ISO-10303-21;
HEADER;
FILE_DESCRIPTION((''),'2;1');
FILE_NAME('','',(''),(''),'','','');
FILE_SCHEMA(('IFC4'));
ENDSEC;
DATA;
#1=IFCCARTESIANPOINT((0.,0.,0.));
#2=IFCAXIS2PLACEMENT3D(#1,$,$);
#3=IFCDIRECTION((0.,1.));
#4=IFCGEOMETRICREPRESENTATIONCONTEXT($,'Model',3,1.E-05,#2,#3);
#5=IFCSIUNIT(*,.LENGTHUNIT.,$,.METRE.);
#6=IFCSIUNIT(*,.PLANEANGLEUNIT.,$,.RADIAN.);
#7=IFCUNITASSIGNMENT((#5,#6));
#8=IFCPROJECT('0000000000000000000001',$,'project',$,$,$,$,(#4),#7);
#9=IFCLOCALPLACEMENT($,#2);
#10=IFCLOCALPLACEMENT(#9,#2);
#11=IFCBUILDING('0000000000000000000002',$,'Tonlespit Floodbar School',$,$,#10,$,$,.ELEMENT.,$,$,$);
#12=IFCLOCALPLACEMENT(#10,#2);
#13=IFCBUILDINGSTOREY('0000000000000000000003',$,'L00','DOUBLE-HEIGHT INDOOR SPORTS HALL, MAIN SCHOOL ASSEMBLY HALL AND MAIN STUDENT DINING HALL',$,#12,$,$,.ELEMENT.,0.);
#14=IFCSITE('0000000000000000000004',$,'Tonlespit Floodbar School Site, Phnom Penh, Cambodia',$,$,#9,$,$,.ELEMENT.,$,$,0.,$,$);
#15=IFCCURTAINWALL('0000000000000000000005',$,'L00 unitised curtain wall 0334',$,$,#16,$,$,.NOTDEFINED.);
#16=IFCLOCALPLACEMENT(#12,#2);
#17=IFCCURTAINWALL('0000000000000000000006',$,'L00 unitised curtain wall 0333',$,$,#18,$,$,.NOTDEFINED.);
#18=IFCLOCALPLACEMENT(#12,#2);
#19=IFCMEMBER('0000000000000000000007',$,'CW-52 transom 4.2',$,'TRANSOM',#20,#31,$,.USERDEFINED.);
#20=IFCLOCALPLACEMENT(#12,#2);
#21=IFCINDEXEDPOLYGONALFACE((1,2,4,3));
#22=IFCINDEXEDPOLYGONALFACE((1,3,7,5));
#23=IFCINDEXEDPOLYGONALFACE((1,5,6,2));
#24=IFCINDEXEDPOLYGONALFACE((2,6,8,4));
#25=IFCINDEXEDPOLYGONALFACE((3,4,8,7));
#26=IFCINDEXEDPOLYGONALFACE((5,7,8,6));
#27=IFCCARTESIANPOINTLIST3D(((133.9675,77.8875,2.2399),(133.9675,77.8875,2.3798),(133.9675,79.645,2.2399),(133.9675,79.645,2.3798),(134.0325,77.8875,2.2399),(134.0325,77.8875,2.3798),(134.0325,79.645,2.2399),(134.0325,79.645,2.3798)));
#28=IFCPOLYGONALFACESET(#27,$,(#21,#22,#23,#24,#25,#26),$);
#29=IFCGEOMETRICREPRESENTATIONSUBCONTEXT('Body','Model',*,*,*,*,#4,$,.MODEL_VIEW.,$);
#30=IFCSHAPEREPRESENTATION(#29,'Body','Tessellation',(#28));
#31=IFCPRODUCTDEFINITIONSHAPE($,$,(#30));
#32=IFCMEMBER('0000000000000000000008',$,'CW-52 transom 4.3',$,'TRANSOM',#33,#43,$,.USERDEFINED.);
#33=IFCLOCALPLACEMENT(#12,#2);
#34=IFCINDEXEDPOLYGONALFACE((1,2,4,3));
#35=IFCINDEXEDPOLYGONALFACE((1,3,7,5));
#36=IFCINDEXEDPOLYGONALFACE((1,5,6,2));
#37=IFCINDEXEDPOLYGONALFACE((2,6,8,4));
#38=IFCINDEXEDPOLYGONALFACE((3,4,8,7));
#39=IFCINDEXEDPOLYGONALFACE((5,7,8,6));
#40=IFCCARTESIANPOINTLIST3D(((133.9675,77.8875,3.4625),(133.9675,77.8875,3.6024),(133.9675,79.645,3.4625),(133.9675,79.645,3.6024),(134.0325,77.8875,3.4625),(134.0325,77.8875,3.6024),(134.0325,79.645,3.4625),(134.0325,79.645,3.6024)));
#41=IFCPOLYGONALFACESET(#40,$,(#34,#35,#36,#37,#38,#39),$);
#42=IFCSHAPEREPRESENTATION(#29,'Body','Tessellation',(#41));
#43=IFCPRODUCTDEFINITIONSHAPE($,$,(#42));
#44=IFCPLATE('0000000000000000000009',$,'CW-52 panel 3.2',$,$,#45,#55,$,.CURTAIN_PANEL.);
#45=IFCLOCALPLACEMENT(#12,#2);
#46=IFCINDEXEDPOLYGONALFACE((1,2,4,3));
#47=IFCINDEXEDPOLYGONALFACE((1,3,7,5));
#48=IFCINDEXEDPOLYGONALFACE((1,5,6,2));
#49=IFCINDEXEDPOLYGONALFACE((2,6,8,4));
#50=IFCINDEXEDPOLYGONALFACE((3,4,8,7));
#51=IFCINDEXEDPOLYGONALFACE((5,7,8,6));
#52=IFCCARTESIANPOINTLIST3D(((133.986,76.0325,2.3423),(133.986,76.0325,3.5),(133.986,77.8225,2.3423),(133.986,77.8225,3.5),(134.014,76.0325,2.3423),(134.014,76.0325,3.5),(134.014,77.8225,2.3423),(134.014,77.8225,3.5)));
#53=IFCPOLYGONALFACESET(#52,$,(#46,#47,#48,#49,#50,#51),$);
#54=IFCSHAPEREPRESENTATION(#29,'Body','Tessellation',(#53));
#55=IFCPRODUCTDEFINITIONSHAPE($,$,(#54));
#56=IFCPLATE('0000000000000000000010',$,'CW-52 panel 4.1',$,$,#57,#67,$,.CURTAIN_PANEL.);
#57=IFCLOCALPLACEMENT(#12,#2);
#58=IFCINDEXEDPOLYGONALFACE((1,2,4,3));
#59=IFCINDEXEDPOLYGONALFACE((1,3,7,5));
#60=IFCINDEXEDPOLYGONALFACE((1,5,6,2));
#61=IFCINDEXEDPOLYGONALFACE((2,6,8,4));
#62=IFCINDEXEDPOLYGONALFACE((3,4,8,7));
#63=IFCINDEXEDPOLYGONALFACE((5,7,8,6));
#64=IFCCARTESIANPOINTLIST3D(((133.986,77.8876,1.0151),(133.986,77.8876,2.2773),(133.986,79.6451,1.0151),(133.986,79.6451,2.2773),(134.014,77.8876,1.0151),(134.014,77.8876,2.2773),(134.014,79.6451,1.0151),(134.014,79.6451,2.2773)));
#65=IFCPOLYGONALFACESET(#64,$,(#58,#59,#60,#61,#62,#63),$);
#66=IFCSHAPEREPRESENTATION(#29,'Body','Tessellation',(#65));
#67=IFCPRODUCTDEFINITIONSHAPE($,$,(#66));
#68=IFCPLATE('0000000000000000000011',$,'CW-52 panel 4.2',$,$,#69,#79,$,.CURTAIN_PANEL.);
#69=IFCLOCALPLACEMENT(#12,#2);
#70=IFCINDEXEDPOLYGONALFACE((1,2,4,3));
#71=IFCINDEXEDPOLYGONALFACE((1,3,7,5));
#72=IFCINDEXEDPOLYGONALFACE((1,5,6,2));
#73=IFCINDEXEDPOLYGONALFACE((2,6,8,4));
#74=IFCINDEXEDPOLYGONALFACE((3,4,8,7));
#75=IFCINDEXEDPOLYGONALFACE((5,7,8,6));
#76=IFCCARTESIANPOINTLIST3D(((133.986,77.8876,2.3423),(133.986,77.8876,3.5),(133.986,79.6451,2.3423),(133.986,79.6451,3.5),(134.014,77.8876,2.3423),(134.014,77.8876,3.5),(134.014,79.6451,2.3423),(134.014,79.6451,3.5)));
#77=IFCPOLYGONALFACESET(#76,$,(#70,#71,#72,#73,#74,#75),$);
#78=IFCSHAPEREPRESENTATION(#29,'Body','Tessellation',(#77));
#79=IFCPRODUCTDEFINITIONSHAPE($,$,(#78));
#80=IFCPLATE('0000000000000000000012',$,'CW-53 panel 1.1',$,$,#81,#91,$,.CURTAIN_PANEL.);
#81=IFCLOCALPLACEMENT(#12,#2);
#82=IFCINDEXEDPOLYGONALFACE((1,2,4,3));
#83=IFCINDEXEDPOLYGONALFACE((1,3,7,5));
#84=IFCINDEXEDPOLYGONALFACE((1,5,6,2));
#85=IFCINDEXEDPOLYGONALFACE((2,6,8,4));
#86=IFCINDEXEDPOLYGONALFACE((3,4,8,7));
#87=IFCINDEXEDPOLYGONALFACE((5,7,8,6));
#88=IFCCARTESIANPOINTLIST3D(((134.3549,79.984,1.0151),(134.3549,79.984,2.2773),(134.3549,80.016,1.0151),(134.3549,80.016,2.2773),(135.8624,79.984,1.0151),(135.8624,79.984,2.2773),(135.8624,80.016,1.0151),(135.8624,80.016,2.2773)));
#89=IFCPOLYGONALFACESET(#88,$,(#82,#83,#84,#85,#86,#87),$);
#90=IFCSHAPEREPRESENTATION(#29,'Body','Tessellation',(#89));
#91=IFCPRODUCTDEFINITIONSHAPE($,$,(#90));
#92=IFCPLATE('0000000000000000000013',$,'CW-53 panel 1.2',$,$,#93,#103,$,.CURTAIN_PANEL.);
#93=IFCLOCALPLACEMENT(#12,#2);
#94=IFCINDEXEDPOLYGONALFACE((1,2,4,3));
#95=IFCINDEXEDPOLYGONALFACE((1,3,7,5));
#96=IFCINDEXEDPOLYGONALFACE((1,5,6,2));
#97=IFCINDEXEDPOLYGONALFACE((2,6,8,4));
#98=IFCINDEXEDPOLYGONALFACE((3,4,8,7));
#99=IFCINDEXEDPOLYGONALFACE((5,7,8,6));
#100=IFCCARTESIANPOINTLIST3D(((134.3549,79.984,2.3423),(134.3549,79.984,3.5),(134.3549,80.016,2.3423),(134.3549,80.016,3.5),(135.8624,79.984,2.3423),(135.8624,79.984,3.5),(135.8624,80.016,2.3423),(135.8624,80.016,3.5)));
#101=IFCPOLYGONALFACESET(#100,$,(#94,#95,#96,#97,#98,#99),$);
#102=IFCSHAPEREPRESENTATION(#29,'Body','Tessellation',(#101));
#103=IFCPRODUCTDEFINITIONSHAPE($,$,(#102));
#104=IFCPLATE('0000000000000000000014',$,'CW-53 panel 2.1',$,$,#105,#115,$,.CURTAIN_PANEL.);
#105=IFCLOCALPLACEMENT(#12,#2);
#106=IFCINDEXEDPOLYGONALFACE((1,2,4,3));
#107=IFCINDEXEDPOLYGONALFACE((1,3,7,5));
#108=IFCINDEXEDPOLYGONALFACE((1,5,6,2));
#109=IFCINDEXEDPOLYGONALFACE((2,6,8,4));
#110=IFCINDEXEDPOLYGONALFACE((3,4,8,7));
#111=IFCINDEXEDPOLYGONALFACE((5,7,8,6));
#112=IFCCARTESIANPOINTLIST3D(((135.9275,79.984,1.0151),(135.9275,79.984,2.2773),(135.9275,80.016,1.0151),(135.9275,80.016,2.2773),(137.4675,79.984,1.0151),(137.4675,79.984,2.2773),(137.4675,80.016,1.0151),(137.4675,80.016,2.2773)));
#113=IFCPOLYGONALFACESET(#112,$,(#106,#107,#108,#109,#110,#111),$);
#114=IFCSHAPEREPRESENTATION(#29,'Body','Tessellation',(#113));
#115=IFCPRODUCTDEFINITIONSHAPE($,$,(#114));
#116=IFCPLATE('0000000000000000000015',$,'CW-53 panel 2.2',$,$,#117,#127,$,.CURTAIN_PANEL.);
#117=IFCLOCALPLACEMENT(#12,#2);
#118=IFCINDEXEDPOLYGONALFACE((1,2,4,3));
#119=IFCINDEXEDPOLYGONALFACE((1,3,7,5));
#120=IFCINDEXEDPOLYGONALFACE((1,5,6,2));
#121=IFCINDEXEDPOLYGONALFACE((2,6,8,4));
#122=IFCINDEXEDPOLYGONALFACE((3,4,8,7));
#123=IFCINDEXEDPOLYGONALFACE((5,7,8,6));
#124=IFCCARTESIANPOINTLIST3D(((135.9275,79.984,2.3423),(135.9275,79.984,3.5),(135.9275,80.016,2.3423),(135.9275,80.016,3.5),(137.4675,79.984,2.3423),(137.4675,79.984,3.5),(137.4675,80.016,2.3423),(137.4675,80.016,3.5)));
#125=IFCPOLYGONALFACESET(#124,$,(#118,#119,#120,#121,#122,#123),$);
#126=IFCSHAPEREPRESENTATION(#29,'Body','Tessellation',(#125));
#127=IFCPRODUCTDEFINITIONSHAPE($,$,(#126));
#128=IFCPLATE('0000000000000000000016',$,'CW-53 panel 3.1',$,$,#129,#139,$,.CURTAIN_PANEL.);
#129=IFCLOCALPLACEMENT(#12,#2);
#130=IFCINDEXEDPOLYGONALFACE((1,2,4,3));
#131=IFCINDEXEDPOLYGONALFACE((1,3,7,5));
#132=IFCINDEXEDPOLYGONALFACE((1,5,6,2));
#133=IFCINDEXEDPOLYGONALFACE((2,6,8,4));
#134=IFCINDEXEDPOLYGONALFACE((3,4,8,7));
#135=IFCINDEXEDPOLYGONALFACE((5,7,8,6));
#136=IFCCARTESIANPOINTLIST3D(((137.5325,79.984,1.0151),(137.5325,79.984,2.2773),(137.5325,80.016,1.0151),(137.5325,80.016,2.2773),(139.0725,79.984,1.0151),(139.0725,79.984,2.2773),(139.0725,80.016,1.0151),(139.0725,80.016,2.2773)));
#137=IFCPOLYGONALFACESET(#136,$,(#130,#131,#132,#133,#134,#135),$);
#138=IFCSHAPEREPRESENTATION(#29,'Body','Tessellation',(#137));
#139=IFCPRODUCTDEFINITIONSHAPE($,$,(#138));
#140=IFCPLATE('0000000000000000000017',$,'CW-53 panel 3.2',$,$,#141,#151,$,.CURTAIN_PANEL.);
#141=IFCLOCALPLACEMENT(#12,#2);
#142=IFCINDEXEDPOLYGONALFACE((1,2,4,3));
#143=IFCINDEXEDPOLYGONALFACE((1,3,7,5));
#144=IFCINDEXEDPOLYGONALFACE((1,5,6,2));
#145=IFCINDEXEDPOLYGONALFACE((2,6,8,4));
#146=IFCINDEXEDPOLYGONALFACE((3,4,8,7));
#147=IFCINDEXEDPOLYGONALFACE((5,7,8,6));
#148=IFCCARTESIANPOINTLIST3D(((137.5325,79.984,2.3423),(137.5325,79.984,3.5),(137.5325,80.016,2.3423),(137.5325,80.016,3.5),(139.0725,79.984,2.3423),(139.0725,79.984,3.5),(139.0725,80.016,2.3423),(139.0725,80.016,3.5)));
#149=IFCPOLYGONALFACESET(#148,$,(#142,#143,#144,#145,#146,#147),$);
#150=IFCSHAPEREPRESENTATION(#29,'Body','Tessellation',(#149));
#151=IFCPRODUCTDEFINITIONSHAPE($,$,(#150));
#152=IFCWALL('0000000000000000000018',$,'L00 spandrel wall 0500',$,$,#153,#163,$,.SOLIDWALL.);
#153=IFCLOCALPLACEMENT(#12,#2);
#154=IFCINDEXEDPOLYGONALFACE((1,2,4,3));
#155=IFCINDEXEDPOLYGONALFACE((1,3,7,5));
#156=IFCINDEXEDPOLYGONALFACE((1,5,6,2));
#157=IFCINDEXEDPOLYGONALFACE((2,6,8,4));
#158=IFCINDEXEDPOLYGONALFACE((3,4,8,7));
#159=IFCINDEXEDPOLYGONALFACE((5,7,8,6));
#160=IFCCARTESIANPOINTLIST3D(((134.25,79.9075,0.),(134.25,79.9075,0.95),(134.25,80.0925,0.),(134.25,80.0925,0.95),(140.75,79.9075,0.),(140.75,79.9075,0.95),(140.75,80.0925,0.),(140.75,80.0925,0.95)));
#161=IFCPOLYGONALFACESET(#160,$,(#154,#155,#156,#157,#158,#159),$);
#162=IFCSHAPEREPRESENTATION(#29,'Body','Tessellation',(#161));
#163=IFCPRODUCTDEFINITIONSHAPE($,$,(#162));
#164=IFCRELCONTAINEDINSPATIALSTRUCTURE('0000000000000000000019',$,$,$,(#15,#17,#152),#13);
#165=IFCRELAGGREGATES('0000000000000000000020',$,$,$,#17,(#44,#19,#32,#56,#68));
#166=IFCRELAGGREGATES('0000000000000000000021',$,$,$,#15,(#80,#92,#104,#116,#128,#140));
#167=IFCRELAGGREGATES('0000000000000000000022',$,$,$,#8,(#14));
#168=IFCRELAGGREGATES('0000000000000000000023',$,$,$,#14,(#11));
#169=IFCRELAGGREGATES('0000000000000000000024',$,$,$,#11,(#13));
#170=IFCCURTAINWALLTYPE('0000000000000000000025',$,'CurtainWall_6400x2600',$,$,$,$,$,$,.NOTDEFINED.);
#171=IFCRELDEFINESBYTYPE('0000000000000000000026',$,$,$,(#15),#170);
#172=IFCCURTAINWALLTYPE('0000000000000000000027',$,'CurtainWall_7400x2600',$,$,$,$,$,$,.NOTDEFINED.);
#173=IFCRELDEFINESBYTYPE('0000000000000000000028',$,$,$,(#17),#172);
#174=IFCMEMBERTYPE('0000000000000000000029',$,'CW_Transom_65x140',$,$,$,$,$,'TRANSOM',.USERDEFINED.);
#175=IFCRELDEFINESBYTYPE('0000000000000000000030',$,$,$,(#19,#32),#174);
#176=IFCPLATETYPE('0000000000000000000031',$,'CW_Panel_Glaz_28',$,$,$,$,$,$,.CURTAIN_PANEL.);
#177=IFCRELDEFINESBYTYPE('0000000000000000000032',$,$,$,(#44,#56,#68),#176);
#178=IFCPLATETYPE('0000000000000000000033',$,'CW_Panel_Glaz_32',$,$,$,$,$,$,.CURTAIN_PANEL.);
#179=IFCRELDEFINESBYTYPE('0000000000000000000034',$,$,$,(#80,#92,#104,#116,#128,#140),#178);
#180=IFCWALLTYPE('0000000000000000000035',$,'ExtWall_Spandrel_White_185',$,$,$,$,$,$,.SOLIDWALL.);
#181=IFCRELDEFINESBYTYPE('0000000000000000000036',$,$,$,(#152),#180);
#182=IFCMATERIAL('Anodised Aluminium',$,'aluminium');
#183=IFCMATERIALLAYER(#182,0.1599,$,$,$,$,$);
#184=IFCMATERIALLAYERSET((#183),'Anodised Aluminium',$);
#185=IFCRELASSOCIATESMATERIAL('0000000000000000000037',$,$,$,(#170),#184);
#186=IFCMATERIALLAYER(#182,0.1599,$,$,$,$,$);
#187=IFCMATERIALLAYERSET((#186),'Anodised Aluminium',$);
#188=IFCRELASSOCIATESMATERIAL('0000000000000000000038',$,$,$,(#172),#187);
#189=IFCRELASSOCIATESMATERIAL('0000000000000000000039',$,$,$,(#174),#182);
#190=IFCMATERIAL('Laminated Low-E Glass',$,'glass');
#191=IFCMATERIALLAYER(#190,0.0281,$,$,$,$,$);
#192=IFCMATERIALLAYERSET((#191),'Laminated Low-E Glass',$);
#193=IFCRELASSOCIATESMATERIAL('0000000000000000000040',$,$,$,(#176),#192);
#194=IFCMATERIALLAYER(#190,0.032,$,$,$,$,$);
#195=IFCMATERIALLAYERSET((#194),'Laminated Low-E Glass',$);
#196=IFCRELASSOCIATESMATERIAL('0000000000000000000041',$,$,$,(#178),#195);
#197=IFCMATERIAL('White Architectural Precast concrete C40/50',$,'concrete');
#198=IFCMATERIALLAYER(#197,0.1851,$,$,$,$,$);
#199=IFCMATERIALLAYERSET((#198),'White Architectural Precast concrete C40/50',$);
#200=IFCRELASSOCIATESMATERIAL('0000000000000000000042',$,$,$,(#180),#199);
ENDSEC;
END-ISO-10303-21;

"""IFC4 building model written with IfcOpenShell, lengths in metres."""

from ifc_helpers import new_model, si_unit, direction, frame, frame_2d, origin, origin_2d, place, context, subcontext, project, spatial, rectangle, extrude, material, layer, layer_set, material_profile, profile_set, type_object, element, aggregate, save


model = new_model("IFC4")

# Units and contexts
model_context = context("Model", 3, precision=1e-05, world=origin(), true_north=direction((0.0, 1.0)))
body_context = subcontext(model_context, "Body", "Model", "MODEL_VIEW")
ifc_project = project(units=[si_unit("LENGTHUNIT", "METRE"), si_unit("PLANEANGLEUNIT", "RADIAN")], contexts=[model_context])

# Site, building, storey
site_placement = place(None, origin())
site = spatial("IfcSite", under=ifc_project, at=site_placement, Name="Tonlespit Floodbar School Site, Phnom Penh, Cambodia", CompositionType="ELEMENT", RefElevation=0.0)
building_placement = place(site_placement, origin())
building = spatial("IfcBuilding", under=site, at=building_placement, Name="Tonlespit Floodbar School", CompositionType="ELEMENT")
storey_placement = place(building_placement, origin())
storey = spatial("IfcBuildingStorey", under=building, at=storey_placement, Name="L00", Description="DOUBLE-HEIGHT INDOOR SPORTS HALL, MAIN SCHOOL ASSEMBLY HALL AND MAIN STUDENT DINING HALL", CompositionType="ELEMENT", Elevation=0.0)

# Curtain walls
ifc_material_1 = material(Name="Anodised Aluminium", Category="aluminium")
ifc_layer_1 = layer(ifc_material_1, 0.1599)
ifc_layer_set_1 = layer_set([ifc_layer_1], Name="Anodised Aluminium")
curtain_wall_type_1 = type_object("IfcCurtainWallType", Name="CurtainWall_6400x2600", PredefinedType="NOTDEFINED", material=ifc_layer_set_1)
curtain_wall_1_placement = place(storey_placement, origin())
curtain_wall_1 = element("IfcCurtainWall", 1, at=curtain_wall_1_placement, inside=storey, type_object=curtain_wall_type_1, Name="L00 unitised curtain wall 0334", PredefinedType="NOTDEFINED")
ifc_layer_2 = layer(ifc_material_1, 0.1599)
ifc_layer_set_2 = layer_set([ifc_layer_2], Name="Anodised Aluminium")
curtain_wall_type_2 = type_object("IfcCurtainWallType", Name="CurtainWall_7400x2600", PredefinedType="NOTDEFINED", material=ifc_layer_set_2)
curtain_wall_2_placement = place(storey_placement, origin())
curtain_wall_2 = element("IfcCurtainWall", 2, at=curtain_wall_2_placement, inside=storey, type_object=curtain_wall_type_2, Name="L00 unitised curtain wall 0333", PredefinedType="NOTDEFINED")

# Members
ifc_material_profile_1 = material_profile(ifc_material_1, rectangle(XDim=0.0649, YDim=0.1399, at=origin_2d()), Name="ALU T65x140")
ifc_profile_set_1 = profile_set([ifc_material_profile_1], Name="Anodised Aluminium")
member_type_1 = type_object("IfcMemberType", Name="CW_Transom_65x140", ElementType="TRANSOM", PredefinedType="USERDEFINED", material=ifc_profile_set_1)
member_1_placement = place(storey_placement, frame((134.0, 77.8875, 2.3098), z_axis=(0.0, 1.0, 0.0), x_axis=(-1.0, 0.0, 0.0)))
member_1 = element("IfcMember", 3, at=member_1_placement, type_object=member_type_1, Name="CW-52 transom 4.2", ObjectType="TRANSOM", PredefinedType="USERDEFINED", context=body_context, shape_type="SweptSolid", body=[
    extrude(rectangle(XDim=0.0649, YDim=0.1399, at=origin_2d()), origin(), (0.0, 0.0, 1.0), 1.7576),
])
member_2_placement = place(storey_placement, frame((134.0, 77.8875, 3.5325), z_axis=(0.0, 1.0, 0.0), x_axis=(-1.0, 0.0, 0.0)))
member_2 = element("IfcMember", 4, at=member_2_placement, type_object=member_type_1, Name="CW-52 transom 4.3", ObjectType="TRANSOM", PredefinedType="USERDEFINED", context=body_context, shape_type="SweptSolid", body=[
    extrude(rectangle(XDim=0.0649, YDim=0.1399, at=origin_2d()), origin(), (0.0, 0.0, 1.0), 1.7576),
])

# Plates
ifc_material_2 = material(Name="Laminated Low-E Glass", Category="glass")
ifc_layer_3 = layer(ifc_material_2, 0.0281)
ifc_layer_set_3 = layer_set([ifc_layer_3], Name="Laminated Low-E Glass")
plate_type_1 = type_object("IfcPlateType", Name="CW_Panel_Glaz_28", PredefinedType="CURTAIN_PANEL", material=ifc_layer_set_3)
plate_1_placement = place(storey_placement, frame((134.0, 76.9275, 2.3423), z_axis=(0.0, 0.0, 1.0), x_axis=(0.0, 1.0, 0.0)))
plate_1 = element("IfcPlate", 5, at=plate_1_placement, type_object=plate_type_1, Name="CW-52 panel 3.2", PredefinedType="CURTAIN_PANEL", context=body_context, shape_type="SweptSolid", body=[
    extrude(rectangle(XDim=1.79, YDim=0.0281, at=origin_2d()), origin(), (0.0, 0.0, 1.0), 1.1577),
])
plate_2_placement = place(storey_placement, frame((134.0, 78.7664, 1.0151), z_axis=(0.0, 0.0, 1.0), x_axis=(0.0, 1.0, 0.0)))
plate_2 = element("IfcPlate", 6, at=plate_2_placement, type_object=plate_type_1, Name="CW-52 panel 4.1", PredefinedType="CURTAIN_PANEL", context=body_context, shape_type="SweptSolid", body=[
    extrude(rectangle(XDim=1.7576, YDim=0.0281, at=origin_2d()), origin(), (0.0, 0.0, 1.0), 1.2622),
])
plate_3_placement = place(storey_placement, frame((134.0, 78.7664, 2.3423), z_axis=(0.0, 0.0, 1.0), x_axis=(0.0, 1.0, 0.0)))
plate_3 = element("IfcPlate", 7, at=plate_3_placement, type_object=plate_type_1, Name="CW-52 panel 4.2", PredefinedType="CURTAIN_PANEL", context=body_context, shape_type="SweptSolid", body=[
    extrude(rectangle(XDim=1.7576, YDim=0.0281, at=origin_2d()), origin(), (0.0, 0.0, 1.0), 1.1577),
])
aggregate(curtain_wall_2, [plate_1, member_1, member_2, plate_2, plate_3])
ifc_layer_4 = layer(ifc_material_2, 0.032)
ifc_layer_set_4 = layer_set([ifc_layer_4], Name="Laminated Low-E Glass")
plate_type_2 = type_object("IfcPlateType", Name="CW_Panel_Glaz_32", PredefinedType="CURTAIN_PANEL", material=ifc_layer_set_4)
plate_4_placement = place(storey_placement, frame((135.1086, 80.0, 1.0151), z_axis=(0.0, 0.0, 1.0), x_axis=(1.0, 0.0, 0.0)))
plate_4 = element("IfcPlate", 8, at=plate_4_placement, type_object=plate_type_2, Name="CW-53 panel 1.1", PredefinedType="CURTAIN_PANEL", context=body_context, shape_type="SweptSolid", body=[
    extrude(rectangle(XDim=1.5076, YDim=0.032, at=origin_2d()), origin(), (0.0, 0.0, 1.0), 1.2622),
])
plate_5_placement = place(storey_placement, frame((135.1086, 80.0, 2.3423), z_axis=(0.0, 0.0, 1.0), x_axis=(1.0, 0.0, 0.0)))
plate_5 = element("IfcPlate", 9, at=plate_5_placement, type_object=plate_type_2, Name="CW-53 panel 1.2", PredefinedType="CURTAIN_PANEL", context=body_context, shape_type="SweptSolid", body=[
    extrude(rectangle(XDim=1.5076, YDim=0.032, at=origin_2d()), origin(), (0.0, 0.0, 1.0), 1.1577),
])
plate_6_placement = place(storey_placement, frame((136.6975, 80.0, 1.0151), z_axis=(0.0, 0.0, 1.0), x_axis=(1.0, 0.0, 0.0)))
plate_6 = element("IfcPlate", 10, at=plate_6_placement, type_object=plate_type_2, Name="CW-53 panel 2.1", PredefinedType="CURTAIN_PANEL", context=body_context, shape_type="SweptSolid", body=[
    extrude(rectangle(XDim=1.54, YDim=0.032, at=origin_2d()), origin(), (0.0, 0.0, 1.0), 1.2622),
])
plate_7_placement = place(storey_placement, frame((136.6975, 80.0, 2.3423), z_axis=(0.0, 0.0, 1.0), x_axis=(1.0, 0.0, 0.0)))
plate_7 = element("IfcPlate", 11, at=plate_7_placement, type_object=plate_type_2, Name="CW-53 panel 2.2", PredefinedType="CURTAIN_PANEL", context=body_context, shape_type="SweptSolid", body=[
    extrude(rectangle(XDim=1.54, YDim=0.032, at=origin_2d()), origin(), (0.0, 0.0, 1.0), 1.1577),
])
plate_8_placement = place(storey_placement, frame((138.3025, 80.0, 1.0151), z_axis=(0.0, 0.0, 1.0), x_axis=(1.0, 0.0, 0.0)))
plate_8 = element("IfcPlate", 12, at=plate_8_placement, type_object=plate_type_2, Name="CW-53 panel 3.1", PredefinedType="CURTAIN_PANEL", context=body_context, shape_type="SweptSolid", body=[
    extrude(rectangle(XDim=1.54, YDim=0.032, at=origin_2d()), origin(), (0.0, 0.0, 1.0), 1.2622),
])
plate_9_placement = place(storey_placement, frame((138.3025, 80.0, 2.3423), z_axis=(0.0, 0.0, 1.0), x_axis=(1.0, 0.0, 0.0)))
plate_9 = element("IfcPlate", 13, at=plate_9_placement, type_object=plate_type_2, Name="CW-53 panel 3.2", PredefinedType="CURTAIN_PANEL", context=body_context, shape_type="SweptSolid", body=[
    extrude(rectangle(XDim=1.54, YDim=0.032, at=origin_2d()), origin(), (0.0, 0.0, 1.0), 1.1577),
])
aggregate(curtain_wall_1, [plate_4, plate_5, plate_6, plate_7, plate_8, plate_9])

# Wall
ifc_material_3 = material(Name="White Architectural Precast concrete C40/50", Category="concrete")
ifc_layer_5 = layer(ifc_material_3, 0.1851)
ifc_layer_set_5 = layer_set([ifc_layer_5], Name="White Architectural Precast concrete C40/50")
wall_type = type_object("IfcWallType", Name="ExtWall_Spandrel_White_185", PredefinedType="SOLIDWALL", material=ifc_layer_set_5)
wall_placement = place(storey_placement, frame((134.25, 80.0, 0.0), z_axis=(0.0, 0.0, 1.0), x_axis=(1.0, 0.0, 0.0)))
element("IfcWall", 14, at=wall_placement, inside=storey, type_object=wall_type, Name="L00 spandrel wall 0500", PredefinedType="SOLIDWALL", context=body_context, shape_type="SweptSolid", body=[
    extrude(rectangle(XDim=6.5, YDim=0.1851, at=frame_2d((3.25, 0.0))), origin(), (0.0, 0.0, 1.0), 0.95),
])

save(model, "model.ifc")
